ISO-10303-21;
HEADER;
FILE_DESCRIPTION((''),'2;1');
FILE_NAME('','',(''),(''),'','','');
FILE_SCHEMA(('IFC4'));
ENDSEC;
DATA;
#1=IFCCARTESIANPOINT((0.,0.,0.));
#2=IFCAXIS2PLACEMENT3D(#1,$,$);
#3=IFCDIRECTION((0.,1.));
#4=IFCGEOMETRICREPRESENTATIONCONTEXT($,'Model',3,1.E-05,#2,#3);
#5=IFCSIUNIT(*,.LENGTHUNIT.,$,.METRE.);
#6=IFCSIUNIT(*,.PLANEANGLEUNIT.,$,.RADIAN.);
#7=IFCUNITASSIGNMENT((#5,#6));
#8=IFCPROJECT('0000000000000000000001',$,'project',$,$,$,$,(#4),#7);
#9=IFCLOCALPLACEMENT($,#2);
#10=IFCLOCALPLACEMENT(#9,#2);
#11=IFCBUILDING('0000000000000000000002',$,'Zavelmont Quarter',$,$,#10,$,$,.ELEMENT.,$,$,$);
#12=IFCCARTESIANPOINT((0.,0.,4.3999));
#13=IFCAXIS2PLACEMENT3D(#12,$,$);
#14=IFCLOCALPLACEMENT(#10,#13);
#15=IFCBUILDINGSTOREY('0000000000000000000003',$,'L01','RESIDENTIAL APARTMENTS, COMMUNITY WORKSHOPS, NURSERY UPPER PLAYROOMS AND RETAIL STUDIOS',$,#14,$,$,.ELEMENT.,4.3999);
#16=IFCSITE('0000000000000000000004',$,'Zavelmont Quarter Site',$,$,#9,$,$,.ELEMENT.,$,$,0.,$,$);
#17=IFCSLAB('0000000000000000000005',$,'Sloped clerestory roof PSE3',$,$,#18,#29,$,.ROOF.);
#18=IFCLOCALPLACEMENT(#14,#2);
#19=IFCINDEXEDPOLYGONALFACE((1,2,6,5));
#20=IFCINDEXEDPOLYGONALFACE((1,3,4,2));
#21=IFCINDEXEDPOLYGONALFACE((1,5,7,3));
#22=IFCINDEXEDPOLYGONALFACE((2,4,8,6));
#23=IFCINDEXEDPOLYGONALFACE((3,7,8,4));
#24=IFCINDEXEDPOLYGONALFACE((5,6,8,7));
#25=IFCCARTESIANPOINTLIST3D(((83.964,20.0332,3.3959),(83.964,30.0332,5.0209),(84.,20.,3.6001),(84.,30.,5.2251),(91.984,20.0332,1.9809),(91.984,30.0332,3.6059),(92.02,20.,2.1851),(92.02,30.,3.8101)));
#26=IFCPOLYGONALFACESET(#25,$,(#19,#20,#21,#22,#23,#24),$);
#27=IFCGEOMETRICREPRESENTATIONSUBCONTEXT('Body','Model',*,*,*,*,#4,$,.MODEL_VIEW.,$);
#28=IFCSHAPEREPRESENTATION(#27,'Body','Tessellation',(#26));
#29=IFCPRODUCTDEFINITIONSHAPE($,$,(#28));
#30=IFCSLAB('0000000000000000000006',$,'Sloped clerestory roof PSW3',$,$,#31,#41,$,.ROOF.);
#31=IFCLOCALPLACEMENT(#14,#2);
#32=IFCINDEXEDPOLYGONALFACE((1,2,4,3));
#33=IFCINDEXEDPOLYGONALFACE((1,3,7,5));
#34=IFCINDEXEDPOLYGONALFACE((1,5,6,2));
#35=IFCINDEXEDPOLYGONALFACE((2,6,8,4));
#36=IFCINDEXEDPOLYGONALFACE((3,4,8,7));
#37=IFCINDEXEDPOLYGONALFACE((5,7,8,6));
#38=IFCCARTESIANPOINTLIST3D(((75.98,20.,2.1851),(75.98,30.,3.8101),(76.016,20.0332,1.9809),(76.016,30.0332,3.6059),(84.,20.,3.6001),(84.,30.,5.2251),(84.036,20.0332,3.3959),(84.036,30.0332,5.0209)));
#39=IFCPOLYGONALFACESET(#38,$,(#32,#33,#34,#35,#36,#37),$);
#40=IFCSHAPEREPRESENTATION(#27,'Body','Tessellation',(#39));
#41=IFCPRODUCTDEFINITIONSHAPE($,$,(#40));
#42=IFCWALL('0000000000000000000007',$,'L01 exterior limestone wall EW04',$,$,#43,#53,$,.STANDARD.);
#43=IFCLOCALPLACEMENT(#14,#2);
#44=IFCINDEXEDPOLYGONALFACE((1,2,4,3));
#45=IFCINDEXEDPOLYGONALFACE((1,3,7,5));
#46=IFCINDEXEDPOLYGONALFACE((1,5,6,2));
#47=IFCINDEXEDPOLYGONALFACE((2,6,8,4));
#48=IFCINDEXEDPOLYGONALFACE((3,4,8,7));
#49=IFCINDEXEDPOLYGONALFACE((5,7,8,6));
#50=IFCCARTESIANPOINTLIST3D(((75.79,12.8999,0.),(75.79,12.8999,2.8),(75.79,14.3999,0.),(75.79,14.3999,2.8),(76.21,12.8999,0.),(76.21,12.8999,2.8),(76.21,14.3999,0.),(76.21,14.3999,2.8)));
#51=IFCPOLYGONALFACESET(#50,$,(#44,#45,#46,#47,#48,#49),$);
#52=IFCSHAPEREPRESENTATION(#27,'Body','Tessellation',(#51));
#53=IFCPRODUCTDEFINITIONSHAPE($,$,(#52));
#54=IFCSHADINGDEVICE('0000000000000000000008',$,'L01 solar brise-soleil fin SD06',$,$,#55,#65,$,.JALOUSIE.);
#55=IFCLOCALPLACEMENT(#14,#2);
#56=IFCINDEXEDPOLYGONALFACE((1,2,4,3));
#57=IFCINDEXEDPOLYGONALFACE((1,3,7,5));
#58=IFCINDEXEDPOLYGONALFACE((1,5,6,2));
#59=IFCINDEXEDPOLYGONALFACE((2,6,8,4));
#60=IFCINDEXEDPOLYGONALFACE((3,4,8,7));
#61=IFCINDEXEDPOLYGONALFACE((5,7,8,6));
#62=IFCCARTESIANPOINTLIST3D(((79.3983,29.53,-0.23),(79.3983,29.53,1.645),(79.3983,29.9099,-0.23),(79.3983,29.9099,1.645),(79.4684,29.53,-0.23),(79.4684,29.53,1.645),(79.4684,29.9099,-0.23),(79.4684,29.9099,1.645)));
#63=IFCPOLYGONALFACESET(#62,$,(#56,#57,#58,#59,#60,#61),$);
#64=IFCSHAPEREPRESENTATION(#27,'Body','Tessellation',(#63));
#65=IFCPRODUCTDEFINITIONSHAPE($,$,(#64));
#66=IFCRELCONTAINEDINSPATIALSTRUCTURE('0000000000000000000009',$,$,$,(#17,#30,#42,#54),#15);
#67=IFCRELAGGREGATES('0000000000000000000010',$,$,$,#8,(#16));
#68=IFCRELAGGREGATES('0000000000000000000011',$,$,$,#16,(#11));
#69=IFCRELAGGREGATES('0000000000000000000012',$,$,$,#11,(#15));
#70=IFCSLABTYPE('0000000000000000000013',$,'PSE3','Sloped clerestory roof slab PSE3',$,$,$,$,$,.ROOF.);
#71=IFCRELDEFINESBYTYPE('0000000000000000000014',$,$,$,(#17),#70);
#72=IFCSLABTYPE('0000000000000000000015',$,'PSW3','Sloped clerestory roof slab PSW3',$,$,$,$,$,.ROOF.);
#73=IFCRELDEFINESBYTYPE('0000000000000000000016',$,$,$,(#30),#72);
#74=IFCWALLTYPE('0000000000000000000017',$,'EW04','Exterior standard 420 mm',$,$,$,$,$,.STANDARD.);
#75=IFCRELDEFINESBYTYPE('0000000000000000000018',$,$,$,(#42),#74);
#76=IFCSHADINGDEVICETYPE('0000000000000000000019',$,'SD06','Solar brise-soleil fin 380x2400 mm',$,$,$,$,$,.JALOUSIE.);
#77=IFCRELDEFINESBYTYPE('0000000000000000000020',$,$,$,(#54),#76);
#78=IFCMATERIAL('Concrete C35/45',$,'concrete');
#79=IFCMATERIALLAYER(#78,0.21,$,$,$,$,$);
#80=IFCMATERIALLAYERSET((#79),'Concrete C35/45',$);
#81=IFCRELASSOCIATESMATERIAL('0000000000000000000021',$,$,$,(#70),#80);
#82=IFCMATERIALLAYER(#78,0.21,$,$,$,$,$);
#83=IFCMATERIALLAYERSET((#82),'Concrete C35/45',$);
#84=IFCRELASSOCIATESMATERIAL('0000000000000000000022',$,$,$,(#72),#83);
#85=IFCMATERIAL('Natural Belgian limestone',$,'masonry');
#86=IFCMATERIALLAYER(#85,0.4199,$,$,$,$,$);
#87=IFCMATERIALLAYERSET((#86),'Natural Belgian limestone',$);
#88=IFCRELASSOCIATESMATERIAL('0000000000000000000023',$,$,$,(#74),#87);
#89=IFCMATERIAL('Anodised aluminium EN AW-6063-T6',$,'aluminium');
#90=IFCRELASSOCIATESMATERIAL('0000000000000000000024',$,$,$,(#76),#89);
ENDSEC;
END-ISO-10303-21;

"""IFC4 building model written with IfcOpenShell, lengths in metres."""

from ifc_helpers import new_model, si_unit, direction, frame, frame_2d, origin, origin_2d, place, context, subcontext, project, spatial, polyline, rectangle, outline, extrude, material, layer, layer_set, type_object, element, save


model = new_model("IFC4")

# Units and contexts
model_context = context("Model", 3, precision=1e-05, world=origin(), true_north=direction((0.0, 1.0)))
body_context = subcontext(model_context, "Body", "Model", "MODEL_VIEW")
ifc_project = project(units=[si_unit("LENGTHUNIT", "METRE"), si_unit("PLANEANGLEUNIT", "RADIAN")], contexts=[model_context])

# Site, building, storey
site_placement = place(None, origin())
site = spatial("IfcSite", under=ifc_project, at=site_placement, Name="Zavelmont Quarter Site", CompositionType="ELEMENT", RefElevation=0.0)
building_placement = place(site_placement, origin())
building = spatial("IfcBuilding", under=site, at=building_placement, Name="Zavelmont Quarter", CompositionType="ELEMENT")
storey_placement = place(building_placement, frame((0.0, 0.0, 4.3999)))
storey = spatial("IfcBuildingStorey", under=building, at=storey_placement, Name="L01", Description="RESIDENTIAL APARTMENTS, COMMUNITY WORKSHOPS, NURSERY UPPER PLAYROOMS AND RETAIL STUDIOS", CompositionType="ELEMENT", Elevation=4.3999)

# Slabs
ifc_material_1 = material(Name="Concrete C35/45", Category="concrete")
ifc_layer_1 = layer(ifc_material_1, 0.21)
ifc_layer_set_1 = layer_set([ifc_layer_1], Name="Concrete C35/45")
slab_type_1 = type_object("IfcSlabType", Name="PSE3", Description="Sloped clerestory roof slab PSE3", PredefinedType="ROOF", material=ifc_layer_set_1)
slab_1_placement = place(storey_placement, frame((84.0, 20.0, 3.6001), z_axis=(0.171572, -0.158018, 0.972416), x_axis=(0.984789, 0.0, -0.173755)))
element("IfcSlab", 1, at=slab_1_placement, inside=storey, type_object=slab_type_1, Name="Sloped clerestory roof PSE3", PredefinedType="ROOF", context=body_context, shape_type="SweptSolid", body=[
    extrude(outline(polyline([(0.0, 0.0), (8.1439, 0.0), (7.8615, 10.1272), (-0.2824, 10.1272), (0.0, 0.0)])), origin(), (0.0, 0.0, -1.0), 0.21),
])
ifc_layer_2 = layer(ifc_material_1, 0.21)
ifc_layer_set_2 = layer_set([ifc_layer_2], Name="Concrete C35/45")
slab_type_2 = type_object("IfcSlabType", Name="PSW3", Description="Sloped clerestory roof slab PSW3", PredefinedType="ROOF", material=ifc_layer_set_2)
slab_2_placement = place(storey_placement, frame((75.98, 20.0, 2.1851), z_axis=(-0.171572, -0.158018, 0.972416), x_axis=(0.984789, 0.0, 0.173755)))
element("IfcSlab", 2, at=slab_2_placement, inside=storey, type_object=slab_type_2, Name="Sloped clerestory roof PSW3", PredefinedType="ROOF", context=body_context, shape_type="SweptSolid", body=[
    extrude(outline(polyline([(0.0, 0.0), (8.1439, 0.0), (8.4262, 10.1272), (0.2824, 10.1272), (0.0, 0.0)])), origin(), (0.0, 0.0, -1.0), 0.21),
])

# Wall
ifc_material_2 = material(Name="Natural Belgian limestone", Category="masonry")
ifc_layer_3 = layer(ifc_material_2, 0.4199)
ifc_layer_set_3 = layer_set([ifc_layer_3], Name="Natural Belgian limestone")
wall_type = type_object("IfcWallType", Name="EW04", Description="Exterior standard 420 mm", PredefinedType="STANDARD", material=ifc_layer_set_3)
wall_placement = place(storey_placement, frame((76.0, 12.8999, 0.0), z_axis=(0.0, 0.0, 1.0), x_axis=(0.0, 1.0, 0.0)))
element("IfcWall", 3, at=wall_placement, inside=storey, type_object=wall_type, Name="L01 exterior limestone wall EW04", PredefinedType="STANDARD", context=body_context, shape_type="SweptSolid", body=[
    extrude(rectangle(XDim=1.5, YDim=0.4199, at=frame_2d((0.75, 0.0))), origin(), (0.0, 0.0, 1.0), 2.8),
])

# Shading device
ifc_material_3 = material(Name="Anodised aluminium EN AW-6063-T6", Category="aluminium")
shading_device_type = type_object("IfcShadingDeviceType", Name="SD06", Description="Solar brise-soleil fin 380x2400 mm", PredefinedType="JALOUSIE", material=ifc_material_3)
shading_device_placement = place(storey_placement, frame((79.4333, 29.72, -0.23), z_axis=(0.0, 0.0, 1.0), x_axis=(1.0, 0.0, 0.0)))
element("IfcShadingDevice", 4, at=shading_device_placement, inside=storey, type_object=shading_device_type, Name="L01 solar brise-soleil fin SD06", PredefinedType="JALOUSIE", context=body_context, shape_type="SweptSolid", body=[
    extrude(rectangle(XDim=0.0701, YDim=0.3799, at=origin_2d()), origin(), (0.0, 0.0, 1.0), 1.875),
])

save(model, "model.ifc")
